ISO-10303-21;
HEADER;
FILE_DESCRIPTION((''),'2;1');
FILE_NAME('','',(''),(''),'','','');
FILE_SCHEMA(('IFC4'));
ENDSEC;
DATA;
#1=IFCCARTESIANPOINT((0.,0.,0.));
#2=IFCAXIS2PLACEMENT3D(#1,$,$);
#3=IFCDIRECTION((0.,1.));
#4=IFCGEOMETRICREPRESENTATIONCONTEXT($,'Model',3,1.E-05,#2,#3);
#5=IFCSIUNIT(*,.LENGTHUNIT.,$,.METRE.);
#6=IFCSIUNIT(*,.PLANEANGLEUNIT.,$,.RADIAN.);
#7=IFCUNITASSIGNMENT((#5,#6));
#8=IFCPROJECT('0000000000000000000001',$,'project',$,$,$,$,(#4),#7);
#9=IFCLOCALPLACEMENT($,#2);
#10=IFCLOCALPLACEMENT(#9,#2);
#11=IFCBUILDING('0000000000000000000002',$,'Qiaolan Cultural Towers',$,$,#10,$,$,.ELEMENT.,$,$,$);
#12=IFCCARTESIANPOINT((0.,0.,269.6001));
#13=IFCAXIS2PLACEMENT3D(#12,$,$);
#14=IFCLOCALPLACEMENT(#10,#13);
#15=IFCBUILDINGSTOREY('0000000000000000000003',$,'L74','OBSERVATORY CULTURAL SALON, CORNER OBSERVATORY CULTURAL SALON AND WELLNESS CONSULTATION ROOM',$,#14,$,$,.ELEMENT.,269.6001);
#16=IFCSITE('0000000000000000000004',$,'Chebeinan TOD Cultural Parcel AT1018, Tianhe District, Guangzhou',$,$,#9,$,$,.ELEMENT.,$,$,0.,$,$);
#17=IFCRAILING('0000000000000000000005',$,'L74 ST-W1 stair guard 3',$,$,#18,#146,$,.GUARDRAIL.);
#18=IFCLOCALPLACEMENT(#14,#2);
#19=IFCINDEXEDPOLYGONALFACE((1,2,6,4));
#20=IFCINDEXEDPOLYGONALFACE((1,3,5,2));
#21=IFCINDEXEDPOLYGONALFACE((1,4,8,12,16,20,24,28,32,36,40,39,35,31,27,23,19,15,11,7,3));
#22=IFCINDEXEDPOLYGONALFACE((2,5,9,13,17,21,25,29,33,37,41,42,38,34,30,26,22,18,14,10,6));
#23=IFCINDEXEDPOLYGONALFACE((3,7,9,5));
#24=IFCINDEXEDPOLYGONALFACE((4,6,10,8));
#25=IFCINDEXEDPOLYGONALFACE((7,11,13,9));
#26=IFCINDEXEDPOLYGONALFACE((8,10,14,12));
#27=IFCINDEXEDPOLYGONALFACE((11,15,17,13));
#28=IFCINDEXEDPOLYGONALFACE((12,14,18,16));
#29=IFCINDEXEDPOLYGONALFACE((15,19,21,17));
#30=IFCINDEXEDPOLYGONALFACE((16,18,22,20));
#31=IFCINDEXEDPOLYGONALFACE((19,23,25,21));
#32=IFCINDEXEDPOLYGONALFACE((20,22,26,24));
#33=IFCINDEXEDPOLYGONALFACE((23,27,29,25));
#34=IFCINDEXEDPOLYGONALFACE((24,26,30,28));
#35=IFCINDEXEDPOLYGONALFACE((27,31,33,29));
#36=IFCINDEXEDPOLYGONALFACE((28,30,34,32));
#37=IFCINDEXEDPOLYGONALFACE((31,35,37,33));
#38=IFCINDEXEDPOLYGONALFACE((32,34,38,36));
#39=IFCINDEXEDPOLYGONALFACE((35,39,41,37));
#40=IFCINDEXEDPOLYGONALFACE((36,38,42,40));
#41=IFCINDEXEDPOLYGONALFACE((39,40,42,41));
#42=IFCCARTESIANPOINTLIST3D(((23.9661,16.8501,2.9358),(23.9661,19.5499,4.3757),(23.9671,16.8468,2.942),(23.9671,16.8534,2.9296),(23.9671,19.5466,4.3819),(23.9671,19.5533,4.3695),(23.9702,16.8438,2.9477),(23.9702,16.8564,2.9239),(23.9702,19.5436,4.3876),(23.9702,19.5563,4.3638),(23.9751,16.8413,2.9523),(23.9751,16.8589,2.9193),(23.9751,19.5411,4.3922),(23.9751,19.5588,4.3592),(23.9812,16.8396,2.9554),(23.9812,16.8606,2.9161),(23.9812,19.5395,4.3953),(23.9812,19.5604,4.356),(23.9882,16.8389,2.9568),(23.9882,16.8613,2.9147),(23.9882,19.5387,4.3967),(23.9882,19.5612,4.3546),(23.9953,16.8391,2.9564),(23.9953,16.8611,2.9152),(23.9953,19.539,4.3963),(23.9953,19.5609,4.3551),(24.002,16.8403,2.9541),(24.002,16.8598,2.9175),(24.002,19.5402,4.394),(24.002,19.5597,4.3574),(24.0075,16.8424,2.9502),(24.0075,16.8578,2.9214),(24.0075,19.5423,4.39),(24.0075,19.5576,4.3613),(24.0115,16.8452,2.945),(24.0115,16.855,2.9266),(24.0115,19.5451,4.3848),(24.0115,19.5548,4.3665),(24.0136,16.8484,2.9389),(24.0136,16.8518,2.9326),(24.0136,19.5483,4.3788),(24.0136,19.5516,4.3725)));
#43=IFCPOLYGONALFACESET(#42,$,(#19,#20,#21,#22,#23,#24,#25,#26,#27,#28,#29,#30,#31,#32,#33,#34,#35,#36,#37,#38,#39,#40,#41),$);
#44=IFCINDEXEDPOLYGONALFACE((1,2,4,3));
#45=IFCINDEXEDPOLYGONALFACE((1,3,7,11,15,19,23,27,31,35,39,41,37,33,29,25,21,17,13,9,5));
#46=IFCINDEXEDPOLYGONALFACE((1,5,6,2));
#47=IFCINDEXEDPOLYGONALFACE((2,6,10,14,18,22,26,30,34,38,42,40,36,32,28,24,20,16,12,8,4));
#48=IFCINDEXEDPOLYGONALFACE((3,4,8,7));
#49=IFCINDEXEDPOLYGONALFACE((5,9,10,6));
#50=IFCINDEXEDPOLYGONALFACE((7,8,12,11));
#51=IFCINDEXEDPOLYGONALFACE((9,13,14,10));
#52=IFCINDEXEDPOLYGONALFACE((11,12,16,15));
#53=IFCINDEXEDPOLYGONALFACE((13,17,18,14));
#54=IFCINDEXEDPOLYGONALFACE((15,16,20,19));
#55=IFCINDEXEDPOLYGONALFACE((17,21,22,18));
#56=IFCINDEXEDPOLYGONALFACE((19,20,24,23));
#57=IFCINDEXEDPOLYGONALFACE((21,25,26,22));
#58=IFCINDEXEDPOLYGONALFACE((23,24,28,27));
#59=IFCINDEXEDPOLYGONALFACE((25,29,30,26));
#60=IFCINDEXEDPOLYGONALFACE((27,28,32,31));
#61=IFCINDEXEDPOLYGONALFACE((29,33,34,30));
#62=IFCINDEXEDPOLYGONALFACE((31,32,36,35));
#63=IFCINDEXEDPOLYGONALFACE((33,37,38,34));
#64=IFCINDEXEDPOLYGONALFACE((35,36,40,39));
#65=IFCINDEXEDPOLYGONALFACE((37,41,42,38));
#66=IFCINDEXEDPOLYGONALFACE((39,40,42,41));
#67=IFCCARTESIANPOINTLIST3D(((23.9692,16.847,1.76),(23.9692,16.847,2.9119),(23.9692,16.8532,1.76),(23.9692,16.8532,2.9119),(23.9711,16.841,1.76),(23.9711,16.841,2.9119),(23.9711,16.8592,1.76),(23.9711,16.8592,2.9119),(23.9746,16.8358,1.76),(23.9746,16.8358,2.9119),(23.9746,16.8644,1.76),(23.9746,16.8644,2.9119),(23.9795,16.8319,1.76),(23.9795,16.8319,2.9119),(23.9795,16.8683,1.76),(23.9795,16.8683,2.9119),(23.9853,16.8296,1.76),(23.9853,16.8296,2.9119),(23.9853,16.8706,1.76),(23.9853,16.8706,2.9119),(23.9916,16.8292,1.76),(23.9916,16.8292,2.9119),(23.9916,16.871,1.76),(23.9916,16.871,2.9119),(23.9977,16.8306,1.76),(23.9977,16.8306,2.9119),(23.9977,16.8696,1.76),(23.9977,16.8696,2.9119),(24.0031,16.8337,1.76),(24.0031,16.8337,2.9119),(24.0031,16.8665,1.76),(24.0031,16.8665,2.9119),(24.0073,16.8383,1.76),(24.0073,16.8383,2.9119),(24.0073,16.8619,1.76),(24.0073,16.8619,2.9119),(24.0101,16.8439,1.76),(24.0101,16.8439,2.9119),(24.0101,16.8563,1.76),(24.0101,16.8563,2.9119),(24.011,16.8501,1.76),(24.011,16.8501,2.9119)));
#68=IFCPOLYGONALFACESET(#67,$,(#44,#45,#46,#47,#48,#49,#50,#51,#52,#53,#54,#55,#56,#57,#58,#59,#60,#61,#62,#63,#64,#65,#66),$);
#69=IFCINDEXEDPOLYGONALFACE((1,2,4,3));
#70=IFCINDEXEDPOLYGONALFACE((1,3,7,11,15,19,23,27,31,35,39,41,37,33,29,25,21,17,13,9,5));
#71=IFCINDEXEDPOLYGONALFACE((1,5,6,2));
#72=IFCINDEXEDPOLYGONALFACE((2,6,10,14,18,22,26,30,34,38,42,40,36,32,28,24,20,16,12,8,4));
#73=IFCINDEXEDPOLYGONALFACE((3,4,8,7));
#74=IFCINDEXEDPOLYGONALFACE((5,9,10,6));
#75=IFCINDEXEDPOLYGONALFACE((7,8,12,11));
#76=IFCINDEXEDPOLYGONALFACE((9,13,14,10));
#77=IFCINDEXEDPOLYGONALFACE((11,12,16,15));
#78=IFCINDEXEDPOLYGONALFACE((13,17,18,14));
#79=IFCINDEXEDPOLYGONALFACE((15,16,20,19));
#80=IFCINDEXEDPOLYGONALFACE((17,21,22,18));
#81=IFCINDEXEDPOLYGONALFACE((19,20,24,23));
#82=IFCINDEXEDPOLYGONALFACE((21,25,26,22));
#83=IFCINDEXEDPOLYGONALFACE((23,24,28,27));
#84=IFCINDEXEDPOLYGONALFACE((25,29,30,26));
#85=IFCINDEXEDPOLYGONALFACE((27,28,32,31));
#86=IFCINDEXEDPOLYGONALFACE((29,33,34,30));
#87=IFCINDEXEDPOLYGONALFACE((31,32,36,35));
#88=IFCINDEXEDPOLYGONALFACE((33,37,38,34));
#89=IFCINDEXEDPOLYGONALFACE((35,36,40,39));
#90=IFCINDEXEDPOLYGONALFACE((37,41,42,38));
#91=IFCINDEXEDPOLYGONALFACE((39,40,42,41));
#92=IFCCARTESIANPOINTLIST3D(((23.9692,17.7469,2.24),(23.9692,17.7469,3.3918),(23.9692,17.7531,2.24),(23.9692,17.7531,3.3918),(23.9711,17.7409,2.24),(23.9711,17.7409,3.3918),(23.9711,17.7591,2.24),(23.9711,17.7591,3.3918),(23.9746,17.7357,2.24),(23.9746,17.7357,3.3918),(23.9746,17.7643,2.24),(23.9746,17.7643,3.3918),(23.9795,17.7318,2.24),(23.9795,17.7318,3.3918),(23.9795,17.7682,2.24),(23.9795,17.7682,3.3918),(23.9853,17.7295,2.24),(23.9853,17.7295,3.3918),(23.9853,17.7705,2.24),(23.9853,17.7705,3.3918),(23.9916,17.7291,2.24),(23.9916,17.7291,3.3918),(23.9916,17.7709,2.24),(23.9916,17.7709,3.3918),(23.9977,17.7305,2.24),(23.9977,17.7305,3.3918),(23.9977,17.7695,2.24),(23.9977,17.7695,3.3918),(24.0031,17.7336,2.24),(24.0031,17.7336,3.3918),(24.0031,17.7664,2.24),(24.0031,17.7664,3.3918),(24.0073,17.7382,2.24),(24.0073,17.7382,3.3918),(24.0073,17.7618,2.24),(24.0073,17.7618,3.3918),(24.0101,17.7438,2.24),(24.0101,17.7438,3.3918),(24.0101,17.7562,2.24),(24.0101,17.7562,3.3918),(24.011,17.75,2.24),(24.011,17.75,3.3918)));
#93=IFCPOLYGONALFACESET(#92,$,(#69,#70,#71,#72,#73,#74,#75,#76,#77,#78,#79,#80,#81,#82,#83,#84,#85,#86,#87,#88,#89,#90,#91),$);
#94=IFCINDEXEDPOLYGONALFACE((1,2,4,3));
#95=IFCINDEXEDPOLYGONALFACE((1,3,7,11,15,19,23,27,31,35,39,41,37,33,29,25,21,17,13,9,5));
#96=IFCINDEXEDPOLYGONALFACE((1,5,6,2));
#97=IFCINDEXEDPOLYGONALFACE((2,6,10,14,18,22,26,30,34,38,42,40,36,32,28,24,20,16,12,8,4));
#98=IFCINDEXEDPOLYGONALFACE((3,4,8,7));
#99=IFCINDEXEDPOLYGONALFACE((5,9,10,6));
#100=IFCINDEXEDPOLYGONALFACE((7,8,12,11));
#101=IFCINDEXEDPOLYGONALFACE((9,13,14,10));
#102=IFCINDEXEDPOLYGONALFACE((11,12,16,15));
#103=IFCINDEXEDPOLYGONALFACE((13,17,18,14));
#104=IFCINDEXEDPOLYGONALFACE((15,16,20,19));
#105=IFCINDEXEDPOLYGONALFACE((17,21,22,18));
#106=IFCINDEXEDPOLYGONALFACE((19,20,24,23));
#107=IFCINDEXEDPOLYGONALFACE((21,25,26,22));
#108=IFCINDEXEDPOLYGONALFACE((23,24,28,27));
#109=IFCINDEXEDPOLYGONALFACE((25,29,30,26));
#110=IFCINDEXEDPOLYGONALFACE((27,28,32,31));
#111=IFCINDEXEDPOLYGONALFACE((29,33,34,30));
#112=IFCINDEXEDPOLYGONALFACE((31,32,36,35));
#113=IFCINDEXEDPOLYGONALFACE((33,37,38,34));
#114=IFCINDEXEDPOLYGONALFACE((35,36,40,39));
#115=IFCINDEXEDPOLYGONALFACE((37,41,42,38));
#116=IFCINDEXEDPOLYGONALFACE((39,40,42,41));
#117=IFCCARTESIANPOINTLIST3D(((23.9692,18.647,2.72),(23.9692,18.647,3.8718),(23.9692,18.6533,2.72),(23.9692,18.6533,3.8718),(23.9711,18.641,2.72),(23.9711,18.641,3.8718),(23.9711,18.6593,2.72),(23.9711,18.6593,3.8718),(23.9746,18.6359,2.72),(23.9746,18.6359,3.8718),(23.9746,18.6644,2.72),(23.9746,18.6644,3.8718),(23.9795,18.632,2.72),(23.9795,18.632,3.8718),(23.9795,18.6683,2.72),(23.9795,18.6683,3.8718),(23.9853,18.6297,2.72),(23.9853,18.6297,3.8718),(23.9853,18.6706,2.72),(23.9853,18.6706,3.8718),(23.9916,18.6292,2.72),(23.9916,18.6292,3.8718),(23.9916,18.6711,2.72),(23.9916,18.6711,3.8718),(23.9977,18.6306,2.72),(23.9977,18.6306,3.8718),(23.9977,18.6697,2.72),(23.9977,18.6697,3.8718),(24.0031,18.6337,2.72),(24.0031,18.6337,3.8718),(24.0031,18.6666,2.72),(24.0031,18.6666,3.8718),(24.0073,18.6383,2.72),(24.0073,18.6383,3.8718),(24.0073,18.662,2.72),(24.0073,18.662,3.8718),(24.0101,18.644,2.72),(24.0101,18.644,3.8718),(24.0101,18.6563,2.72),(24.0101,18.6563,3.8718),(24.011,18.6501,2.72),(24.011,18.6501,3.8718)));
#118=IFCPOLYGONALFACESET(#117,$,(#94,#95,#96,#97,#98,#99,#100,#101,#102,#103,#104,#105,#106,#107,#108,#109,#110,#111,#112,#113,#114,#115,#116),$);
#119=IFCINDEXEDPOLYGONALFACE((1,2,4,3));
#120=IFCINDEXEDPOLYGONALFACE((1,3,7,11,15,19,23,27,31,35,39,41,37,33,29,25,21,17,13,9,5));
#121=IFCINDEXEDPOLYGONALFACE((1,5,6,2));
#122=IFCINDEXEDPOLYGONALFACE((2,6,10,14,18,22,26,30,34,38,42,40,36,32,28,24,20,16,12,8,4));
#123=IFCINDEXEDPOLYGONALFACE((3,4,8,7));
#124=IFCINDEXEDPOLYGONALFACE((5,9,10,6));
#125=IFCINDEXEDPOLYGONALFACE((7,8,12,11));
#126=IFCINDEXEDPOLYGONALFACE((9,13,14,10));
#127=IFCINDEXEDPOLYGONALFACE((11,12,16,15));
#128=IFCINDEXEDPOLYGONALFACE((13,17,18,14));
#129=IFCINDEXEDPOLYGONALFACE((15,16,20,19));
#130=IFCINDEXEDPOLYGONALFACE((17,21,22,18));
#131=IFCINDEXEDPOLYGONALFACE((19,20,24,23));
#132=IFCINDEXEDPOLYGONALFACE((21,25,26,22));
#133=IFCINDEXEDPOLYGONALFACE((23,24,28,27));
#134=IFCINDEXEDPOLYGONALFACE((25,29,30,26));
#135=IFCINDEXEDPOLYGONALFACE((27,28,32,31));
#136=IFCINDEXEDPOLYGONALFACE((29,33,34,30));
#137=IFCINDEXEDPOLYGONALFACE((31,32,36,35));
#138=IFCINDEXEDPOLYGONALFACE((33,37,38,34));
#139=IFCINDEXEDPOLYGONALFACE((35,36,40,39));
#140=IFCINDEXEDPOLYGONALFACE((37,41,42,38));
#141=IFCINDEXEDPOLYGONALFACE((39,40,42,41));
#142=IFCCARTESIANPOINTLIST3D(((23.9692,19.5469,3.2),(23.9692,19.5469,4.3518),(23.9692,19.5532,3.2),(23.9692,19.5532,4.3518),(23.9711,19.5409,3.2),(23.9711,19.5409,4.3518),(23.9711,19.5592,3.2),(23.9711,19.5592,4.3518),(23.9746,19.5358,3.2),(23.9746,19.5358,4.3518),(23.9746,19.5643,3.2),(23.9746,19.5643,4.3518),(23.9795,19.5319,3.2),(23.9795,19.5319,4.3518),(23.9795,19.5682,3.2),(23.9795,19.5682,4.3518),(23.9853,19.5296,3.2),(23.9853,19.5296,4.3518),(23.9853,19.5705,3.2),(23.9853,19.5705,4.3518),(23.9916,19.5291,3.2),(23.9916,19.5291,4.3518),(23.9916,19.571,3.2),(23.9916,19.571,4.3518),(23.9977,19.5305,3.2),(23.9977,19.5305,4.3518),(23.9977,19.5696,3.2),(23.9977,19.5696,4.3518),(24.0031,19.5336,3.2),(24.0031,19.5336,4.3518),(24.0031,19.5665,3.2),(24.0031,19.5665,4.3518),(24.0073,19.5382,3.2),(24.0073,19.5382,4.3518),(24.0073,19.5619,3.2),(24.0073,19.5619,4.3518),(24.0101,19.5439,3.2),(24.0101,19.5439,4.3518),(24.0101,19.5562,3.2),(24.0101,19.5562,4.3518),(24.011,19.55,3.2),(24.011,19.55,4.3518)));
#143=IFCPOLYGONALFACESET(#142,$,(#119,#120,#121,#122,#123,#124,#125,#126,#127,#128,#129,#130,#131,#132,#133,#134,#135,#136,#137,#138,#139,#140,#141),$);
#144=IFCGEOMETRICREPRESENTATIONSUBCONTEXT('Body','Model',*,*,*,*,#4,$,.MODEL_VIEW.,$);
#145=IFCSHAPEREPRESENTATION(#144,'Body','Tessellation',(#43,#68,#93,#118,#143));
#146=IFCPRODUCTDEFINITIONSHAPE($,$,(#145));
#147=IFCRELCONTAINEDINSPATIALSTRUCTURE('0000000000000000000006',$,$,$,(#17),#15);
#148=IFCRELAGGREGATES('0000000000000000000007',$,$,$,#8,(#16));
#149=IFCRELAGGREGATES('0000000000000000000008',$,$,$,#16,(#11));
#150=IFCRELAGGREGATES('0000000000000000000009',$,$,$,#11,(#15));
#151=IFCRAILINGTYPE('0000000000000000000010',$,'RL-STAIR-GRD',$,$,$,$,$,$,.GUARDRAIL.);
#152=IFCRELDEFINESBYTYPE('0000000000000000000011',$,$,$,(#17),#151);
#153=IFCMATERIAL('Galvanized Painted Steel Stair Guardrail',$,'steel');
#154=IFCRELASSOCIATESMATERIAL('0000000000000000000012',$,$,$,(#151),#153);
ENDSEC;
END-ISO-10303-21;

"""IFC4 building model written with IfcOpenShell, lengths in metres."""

from ifc_helpers import new_model, si_unit, direction, frame, origin, origin_2d, place, context, subcontext, project, spatial, circle, extrude, material, type_object, element, save


model = new_model("IFC4")

# Units and contexts
model_context = context("Model", 3, precision=1e-05, world=origin(), true_north=direction((0.0, 1.0)))
body_context = subcontext(model_context, "Body", "Model", "MODEL_VIEW")
ifc_project = project(units=[si_unit("LENGTHUNIT", "METRE"), si_unit("PLANEANGLEUNIT", "RADIAN")], contexts=[model_context])

# Site, building, storey
site_placement = place(None, origin())
site = spatial("IfcSite", under=ifc_project, at=site_placement, Name="Chebeinan TOD Cultural Parcel AT1018, Tianhe District, Guangzhou", CompositionType="ELEMENT", RefElevation=0.0)
building_placement = place(site_placement, origin())
building = spatial("IfcBuilding", under=site, at=building_placement, Name="Qiaolan Cultural Towers", CompositionType="ELEMENT")
storey_placement = place(building_placement, frame((0.0, 0.0, 269.6001)))
storey = spatial("IfcBuildingStorey", under=building, at=storey_placement, Name="L74", Description="OBSERVATORY CULTURAL SALON, CORNER OBSERVATORY CULTURAL SALON AND WELLNESS CONSULTATION ROOM", CompositionType="ELEMENT", Elevation=269.6001)

# Railing
ifc_material_1 = material(Name="Galvanized Painted Steel Stair Guardrail", Category="steel")
railing_type = type_object("IfcRailingType", Name="RL-STAIR-GRD", PredefinedType="GUARDRAIL", material=ifc_material_1)
railing_1_placement = place(storey_placement, frame((23.99, 16.8501, 1.76)))
element("IfcRailing", 1, at=railing_1_placement, inside=storey, type_object=railing_type, Name="L74 ST-W1 stair guard 3", PredefinedType="GUARDRAIL", context=body_context, shape_type="SweptSolid", body=[
    extrude(circle(Radius=0.0239, at=origin_2d()), frame((0.0, 0.0, 1.1758), z_axis=(0.0, 0.882357, 0.47058), x_axis=(-1.0, 0.0, 0.0)), (0.0, 0.0, 1.0), 3.0598),
    extrude(circle(Radius=0.021, at=origin_2d()), origin(), (0.0, 0.0, 1.0), 1.1519),
    extrude(circle(Radius=0.021, at=origin_2d()), frame((0.0, 0.8999, 0.48)), (0.0, 0.0, 1.0), 1.1519),
    extrude(circle(Radius=0.021, at=origin_2d()), frame((0.0, 1.8, 0.96)), (0.0, 0.0, 1.0), 1.1519),
    extrude(circle(Radius=0.021, at=origin_2d()), frame((0.0, 2.7, 1.4399)), (0.0, 0.0, 1.0), 1.1519),
])

save(model, "model.ifc")
